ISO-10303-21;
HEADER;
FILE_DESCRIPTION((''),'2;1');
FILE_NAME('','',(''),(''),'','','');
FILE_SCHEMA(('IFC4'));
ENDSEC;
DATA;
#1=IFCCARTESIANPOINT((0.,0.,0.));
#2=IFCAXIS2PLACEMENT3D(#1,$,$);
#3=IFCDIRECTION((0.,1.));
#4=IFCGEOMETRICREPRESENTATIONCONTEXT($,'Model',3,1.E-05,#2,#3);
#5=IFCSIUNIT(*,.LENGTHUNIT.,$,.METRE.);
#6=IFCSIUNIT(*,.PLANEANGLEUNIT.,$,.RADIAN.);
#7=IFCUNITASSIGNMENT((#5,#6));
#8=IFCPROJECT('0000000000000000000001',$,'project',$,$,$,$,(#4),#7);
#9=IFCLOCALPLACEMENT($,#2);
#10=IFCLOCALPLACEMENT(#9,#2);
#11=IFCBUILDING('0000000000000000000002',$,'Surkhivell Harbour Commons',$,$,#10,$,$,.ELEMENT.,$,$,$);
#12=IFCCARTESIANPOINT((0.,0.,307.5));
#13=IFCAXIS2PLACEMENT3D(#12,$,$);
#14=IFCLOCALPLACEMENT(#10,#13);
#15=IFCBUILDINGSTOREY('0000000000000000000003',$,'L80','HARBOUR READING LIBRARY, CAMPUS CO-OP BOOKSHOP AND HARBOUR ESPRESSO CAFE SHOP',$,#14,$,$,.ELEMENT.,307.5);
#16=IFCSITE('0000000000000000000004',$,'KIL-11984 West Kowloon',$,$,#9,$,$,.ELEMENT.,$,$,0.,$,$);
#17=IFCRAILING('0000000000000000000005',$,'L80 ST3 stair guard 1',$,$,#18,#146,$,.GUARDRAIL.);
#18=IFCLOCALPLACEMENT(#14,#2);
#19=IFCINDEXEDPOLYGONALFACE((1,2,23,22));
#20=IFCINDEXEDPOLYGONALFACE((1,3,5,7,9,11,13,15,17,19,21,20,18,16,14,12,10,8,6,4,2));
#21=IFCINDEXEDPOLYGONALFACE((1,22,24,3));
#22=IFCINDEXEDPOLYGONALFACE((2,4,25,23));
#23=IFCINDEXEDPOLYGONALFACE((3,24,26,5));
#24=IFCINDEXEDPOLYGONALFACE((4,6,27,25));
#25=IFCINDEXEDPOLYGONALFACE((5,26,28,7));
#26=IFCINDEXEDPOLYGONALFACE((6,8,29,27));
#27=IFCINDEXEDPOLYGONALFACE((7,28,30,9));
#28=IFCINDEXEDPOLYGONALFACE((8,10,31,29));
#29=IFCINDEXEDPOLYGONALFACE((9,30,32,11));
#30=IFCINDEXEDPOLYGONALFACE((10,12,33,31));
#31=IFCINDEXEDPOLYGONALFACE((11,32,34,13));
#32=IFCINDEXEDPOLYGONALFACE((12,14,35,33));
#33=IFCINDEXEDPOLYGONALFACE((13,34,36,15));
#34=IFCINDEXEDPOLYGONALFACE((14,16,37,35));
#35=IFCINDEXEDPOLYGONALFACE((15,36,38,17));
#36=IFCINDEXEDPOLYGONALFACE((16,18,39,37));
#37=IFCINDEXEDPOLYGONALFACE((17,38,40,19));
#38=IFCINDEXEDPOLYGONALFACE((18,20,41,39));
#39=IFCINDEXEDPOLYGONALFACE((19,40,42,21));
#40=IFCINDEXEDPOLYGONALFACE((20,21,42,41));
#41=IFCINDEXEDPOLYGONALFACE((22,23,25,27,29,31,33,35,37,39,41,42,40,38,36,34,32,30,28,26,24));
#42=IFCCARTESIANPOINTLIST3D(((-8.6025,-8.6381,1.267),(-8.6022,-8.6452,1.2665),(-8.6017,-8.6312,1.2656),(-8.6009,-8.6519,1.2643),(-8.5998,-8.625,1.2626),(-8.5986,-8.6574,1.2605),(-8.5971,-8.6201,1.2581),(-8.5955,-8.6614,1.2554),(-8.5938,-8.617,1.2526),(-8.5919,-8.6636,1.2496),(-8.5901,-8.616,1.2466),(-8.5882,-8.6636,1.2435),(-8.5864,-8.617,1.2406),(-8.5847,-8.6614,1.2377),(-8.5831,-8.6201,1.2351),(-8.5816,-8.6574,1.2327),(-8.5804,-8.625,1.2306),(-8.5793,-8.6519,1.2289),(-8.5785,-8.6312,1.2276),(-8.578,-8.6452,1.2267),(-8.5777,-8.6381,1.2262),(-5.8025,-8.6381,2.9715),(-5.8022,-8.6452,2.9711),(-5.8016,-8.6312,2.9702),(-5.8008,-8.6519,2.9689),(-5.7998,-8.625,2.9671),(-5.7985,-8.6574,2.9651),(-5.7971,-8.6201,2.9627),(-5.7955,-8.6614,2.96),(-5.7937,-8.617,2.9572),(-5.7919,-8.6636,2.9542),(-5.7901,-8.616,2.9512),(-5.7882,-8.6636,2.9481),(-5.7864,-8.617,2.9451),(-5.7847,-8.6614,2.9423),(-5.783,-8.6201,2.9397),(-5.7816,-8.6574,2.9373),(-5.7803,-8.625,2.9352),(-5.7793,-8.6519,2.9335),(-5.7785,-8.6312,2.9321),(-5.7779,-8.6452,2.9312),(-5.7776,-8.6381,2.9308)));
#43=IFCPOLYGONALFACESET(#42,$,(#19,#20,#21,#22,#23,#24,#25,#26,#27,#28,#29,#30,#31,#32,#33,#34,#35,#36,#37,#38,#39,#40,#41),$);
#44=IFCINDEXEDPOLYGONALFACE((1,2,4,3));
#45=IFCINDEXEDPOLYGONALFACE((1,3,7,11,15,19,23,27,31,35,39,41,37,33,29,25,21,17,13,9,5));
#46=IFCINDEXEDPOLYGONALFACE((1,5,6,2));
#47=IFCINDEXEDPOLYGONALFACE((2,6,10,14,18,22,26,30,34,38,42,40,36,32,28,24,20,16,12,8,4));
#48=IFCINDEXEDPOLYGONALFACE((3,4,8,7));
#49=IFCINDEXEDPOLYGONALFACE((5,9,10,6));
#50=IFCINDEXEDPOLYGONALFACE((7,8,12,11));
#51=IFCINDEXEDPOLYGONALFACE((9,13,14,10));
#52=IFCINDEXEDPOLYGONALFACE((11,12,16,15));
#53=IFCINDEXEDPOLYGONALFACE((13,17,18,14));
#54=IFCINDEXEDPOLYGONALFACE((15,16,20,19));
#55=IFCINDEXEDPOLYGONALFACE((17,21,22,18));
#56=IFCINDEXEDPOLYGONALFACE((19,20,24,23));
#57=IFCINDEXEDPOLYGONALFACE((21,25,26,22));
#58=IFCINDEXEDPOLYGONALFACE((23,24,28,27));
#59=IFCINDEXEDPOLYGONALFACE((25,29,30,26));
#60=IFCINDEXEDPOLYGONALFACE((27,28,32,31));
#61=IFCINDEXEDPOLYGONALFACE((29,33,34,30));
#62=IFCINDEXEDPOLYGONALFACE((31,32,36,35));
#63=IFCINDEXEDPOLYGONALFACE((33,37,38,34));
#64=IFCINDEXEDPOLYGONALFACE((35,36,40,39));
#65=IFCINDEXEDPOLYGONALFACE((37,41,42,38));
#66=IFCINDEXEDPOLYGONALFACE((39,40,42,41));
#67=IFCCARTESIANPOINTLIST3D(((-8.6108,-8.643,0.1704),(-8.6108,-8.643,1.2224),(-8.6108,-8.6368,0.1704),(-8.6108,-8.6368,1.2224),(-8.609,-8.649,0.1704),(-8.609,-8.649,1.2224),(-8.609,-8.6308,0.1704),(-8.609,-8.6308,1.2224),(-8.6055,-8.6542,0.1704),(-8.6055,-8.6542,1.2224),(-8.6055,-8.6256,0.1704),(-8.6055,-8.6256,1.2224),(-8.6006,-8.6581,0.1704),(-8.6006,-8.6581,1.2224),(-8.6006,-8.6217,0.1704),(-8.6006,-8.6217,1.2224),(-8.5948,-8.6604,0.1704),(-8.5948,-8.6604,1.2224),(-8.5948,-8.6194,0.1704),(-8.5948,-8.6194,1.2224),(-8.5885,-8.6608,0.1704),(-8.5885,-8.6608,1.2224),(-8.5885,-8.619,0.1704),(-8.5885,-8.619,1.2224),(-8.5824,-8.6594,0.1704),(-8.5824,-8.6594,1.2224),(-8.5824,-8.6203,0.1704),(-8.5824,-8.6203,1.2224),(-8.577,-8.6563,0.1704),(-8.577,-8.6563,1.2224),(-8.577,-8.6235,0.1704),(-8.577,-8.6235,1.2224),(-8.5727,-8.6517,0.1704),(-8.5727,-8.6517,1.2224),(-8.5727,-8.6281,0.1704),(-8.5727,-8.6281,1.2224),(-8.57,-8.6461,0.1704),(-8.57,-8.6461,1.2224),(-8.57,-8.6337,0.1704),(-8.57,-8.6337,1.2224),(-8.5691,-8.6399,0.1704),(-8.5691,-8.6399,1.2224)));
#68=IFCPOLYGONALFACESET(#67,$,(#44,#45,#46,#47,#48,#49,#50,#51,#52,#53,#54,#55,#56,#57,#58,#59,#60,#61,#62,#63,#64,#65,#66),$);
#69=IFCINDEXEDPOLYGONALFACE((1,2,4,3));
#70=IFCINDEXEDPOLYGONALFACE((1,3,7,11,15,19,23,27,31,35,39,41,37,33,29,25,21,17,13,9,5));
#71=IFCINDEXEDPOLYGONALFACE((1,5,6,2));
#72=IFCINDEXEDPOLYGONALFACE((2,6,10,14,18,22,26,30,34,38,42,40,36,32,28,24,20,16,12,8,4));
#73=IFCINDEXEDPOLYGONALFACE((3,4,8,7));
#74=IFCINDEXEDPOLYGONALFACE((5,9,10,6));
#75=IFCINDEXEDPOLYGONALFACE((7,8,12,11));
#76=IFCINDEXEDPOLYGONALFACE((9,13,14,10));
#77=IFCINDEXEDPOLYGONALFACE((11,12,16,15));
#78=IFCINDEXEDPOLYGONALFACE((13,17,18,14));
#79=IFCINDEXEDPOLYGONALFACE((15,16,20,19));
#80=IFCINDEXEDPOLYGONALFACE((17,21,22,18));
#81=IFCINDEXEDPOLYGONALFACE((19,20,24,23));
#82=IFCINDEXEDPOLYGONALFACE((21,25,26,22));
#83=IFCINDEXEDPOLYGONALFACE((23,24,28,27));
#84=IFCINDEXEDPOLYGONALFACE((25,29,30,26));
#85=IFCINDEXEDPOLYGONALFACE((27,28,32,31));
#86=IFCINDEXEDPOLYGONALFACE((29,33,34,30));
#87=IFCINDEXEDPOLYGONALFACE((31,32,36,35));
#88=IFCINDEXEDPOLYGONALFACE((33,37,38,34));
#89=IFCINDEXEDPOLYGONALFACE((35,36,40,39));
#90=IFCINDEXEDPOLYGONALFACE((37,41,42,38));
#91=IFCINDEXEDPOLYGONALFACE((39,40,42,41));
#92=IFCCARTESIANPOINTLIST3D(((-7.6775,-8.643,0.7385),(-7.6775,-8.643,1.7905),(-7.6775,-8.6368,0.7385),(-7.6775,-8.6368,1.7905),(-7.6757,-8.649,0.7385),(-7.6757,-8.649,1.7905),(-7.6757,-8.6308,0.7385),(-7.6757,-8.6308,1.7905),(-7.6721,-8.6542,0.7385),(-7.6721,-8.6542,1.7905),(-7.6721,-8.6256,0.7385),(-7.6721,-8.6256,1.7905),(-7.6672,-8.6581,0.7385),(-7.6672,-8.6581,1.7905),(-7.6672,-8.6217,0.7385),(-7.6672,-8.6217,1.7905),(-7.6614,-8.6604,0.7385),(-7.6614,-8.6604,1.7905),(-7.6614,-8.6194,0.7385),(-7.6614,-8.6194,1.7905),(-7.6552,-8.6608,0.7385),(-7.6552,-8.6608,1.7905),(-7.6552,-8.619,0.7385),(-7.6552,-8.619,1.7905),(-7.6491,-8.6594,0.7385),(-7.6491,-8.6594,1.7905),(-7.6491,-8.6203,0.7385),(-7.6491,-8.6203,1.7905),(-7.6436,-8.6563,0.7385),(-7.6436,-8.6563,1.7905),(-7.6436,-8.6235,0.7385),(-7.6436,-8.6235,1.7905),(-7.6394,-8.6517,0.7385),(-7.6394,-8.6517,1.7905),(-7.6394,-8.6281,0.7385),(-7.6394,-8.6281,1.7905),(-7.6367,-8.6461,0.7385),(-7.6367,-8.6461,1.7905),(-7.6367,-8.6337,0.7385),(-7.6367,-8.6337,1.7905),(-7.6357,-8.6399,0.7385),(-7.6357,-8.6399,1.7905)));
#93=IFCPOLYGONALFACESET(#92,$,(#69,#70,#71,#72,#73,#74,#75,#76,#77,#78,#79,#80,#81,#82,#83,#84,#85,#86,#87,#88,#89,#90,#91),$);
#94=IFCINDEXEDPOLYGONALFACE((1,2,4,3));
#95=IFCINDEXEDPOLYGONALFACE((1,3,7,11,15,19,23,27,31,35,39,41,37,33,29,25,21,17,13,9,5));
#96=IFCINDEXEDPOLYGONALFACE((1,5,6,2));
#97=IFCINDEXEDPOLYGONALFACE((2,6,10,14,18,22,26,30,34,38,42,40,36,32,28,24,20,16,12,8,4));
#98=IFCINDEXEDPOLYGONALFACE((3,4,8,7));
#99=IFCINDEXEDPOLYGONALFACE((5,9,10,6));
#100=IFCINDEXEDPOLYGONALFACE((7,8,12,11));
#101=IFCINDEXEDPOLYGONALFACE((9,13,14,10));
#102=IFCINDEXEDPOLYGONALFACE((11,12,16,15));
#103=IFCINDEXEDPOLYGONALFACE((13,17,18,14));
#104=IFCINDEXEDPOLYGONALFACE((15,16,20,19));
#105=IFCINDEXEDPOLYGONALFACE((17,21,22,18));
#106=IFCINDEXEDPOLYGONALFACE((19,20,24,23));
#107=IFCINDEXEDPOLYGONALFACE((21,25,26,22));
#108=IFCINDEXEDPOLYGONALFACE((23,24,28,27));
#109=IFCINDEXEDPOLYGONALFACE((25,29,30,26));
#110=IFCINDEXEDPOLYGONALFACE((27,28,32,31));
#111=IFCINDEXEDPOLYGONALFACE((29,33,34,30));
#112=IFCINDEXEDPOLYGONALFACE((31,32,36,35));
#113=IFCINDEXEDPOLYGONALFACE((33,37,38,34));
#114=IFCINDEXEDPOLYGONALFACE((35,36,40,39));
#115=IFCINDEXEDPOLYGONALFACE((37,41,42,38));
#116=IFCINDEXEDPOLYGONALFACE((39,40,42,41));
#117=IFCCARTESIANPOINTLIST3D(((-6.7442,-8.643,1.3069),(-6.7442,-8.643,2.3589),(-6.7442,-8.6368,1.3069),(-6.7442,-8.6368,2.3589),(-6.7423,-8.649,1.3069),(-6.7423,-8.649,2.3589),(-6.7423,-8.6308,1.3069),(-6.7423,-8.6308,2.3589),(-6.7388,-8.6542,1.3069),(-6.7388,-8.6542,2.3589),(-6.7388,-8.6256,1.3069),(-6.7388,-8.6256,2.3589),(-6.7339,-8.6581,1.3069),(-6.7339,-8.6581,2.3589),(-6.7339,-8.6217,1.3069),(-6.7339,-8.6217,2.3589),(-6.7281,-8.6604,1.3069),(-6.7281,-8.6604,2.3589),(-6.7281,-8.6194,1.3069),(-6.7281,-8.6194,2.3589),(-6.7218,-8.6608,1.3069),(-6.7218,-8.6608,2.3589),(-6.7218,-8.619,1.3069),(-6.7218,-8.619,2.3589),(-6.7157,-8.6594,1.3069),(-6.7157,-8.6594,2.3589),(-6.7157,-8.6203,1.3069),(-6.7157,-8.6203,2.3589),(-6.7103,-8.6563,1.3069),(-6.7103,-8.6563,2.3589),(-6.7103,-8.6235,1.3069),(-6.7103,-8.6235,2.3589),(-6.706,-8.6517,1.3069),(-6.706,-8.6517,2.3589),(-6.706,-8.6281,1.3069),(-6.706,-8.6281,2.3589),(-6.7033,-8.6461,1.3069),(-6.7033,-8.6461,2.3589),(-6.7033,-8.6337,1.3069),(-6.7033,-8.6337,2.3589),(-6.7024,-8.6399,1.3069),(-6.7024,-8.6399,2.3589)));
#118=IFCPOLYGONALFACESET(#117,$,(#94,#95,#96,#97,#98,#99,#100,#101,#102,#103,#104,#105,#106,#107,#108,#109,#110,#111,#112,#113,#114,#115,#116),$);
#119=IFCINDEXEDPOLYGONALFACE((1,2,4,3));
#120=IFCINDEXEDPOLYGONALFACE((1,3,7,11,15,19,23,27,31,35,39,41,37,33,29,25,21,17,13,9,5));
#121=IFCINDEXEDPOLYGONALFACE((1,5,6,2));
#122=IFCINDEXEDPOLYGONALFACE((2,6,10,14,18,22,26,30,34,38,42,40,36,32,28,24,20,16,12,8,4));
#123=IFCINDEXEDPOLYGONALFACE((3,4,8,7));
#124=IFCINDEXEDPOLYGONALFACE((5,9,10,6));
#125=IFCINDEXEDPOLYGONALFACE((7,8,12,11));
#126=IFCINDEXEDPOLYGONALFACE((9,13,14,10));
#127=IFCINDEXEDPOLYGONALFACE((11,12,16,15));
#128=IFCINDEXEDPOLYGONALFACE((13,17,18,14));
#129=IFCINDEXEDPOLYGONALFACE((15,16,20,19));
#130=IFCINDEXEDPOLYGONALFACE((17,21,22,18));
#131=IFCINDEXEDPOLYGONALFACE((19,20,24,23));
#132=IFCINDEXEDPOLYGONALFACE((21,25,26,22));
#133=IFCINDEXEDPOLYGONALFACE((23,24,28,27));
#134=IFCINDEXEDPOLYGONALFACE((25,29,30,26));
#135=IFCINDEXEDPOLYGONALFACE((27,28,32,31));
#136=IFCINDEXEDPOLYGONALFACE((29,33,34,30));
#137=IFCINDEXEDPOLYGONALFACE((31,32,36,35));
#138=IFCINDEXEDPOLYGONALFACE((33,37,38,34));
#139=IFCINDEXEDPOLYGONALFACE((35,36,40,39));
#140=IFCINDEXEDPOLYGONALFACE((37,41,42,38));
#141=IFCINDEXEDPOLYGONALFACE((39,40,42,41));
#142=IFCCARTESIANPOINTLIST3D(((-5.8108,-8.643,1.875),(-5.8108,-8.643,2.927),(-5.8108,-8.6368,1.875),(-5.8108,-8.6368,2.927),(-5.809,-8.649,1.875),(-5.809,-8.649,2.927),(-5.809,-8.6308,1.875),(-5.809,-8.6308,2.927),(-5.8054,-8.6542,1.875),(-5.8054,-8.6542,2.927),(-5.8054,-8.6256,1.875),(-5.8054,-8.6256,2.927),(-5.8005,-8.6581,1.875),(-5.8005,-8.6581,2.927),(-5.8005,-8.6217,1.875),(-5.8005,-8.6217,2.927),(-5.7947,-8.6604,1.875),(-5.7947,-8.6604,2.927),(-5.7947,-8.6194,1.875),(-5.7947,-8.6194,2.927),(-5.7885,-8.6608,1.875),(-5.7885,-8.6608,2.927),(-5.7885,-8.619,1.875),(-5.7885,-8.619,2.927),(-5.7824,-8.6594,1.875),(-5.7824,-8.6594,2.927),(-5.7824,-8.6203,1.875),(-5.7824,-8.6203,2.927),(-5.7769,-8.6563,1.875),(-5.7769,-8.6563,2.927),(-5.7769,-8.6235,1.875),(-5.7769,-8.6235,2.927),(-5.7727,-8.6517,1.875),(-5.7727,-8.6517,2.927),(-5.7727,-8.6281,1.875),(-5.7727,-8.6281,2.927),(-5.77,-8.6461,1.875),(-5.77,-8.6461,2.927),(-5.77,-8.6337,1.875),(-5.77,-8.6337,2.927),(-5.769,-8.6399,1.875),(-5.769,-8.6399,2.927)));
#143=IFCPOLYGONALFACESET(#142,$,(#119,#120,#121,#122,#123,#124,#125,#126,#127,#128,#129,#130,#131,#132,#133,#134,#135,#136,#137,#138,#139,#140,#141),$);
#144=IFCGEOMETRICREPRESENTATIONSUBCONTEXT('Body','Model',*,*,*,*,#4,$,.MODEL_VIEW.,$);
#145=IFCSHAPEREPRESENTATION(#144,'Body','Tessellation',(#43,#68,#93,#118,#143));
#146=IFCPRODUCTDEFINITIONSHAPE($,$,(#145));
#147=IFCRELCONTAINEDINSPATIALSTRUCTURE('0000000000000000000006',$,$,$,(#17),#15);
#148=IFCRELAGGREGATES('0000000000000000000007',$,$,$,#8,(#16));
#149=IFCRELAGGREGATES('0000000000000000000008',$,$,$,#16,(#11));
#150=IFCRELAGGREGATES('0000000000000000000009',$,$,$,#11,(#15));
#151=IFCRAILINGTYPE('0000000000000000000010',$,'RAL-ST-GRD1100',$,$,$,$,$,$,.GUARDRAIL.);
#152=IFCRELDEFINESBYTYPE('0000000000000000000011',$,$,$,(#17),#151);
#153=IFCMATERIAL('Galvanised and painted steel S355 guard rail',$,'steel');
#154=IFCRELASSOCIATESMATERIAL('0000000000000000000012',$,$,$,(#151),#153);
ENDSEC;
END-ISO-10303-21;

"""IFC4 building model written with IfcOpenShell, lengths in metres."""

from ifc_helpers import new_model, si_unit, direction, frame, origin, origin_2d, place, context, subcontext, project, spatial, circle, extrude, material, type_object, element, save


model = new_model("IFC4")

# Units and contexts
model_context = context("Model", 3, precision=1e-05, world=origin(), true_north=direction((0.0, 1.0)))
body_context = subcontext(model_context, "Body", "Model", "MODEL_VIEW")
ifc_project = project(units=[si_unit("LENGTHUNIT", "METRE"), si_unit("PLANEANGLEUNIT", "RADIAN")], contexts=[model_context])

# Site, building, storey
site_placement = place(None, origin())
site = spatial("IfcSite", under=ifc_project, at=site_placement, Name="KIL-11984 West Kowloon", CompositionType="ELEMENT", RefElevation=0.0)
building_placement = place(site_placement, origin())
building = spatial("IfcBuilding", under=site, at=building_placement, Name="Surkhivell Harbour Commons", CompositionType="ELEMENT")
storey_placement = place(building_placement, frame((0.0, 0.0, 307.5)))
storey = spatial("IfcBuildingStorey", under=building, at=storey_placement, Name="L80", Description="HARBOUR READING LIBRARY, CAMPUS CO-OP BOOKSHOP AND HARBOUR ESPRESSO CAFE SHOP", CompositionType="ELEMENT", Elevation=307.5)

# Railing
ifc_material_1 = material(Name="Galvanised and painted steel S355 guard rail", Category="steel")
railing_type_1 = type_object("IfcRailingType", Name="RAL-ST-GRD1100", PredefinedType="GUARDRAIL", material=ifc_material_1)
railing_1_placement = place(storey_placement, frame((-8.5901, -8.6399, 0.1704)))
element("IfcRailing", 1, at=railing_1_placement, inside=storey, type_object=railing_type_1, Name="L80 ST3 stair guard 1", PredefinedType="GUARDRAIL", context=body_context, shape_type="SweptSolid", body=[
    extrude(circle(Radius=0.0239, at=origin_2d()), frame((0.0, 0.0, 1.0762), z_axis=(0.85417, 0.0, 0.519994), x_axis=(0.0, 1.0, 0.0)), (0.0, 0.0, 1.0), 3.2781),
    extrude(circle(Radius=0.021, at=origin_2d()), origin(), (0.0, 0.0, 1.0), 1.052),
    extrude(circle(Radius=0.021, at=origin_2d()), frame((0.9333, 0.0, 0.5681)), (0.0, 0.0, 1.0), 1.052),
    extrude(circle(Radius=0.021, at=origin_2d()), frame((1.8667, 0.0, 1.1365)), (0.0, 0.0, 1.0), 1.052),
    extrude(circle(Radius=0.021, at=origin_2d()), frame((2.8, 0.0, 1.7046)), (0.0, 0.0, 1.0), 1.052),
])

save(model, "model.ifc")
